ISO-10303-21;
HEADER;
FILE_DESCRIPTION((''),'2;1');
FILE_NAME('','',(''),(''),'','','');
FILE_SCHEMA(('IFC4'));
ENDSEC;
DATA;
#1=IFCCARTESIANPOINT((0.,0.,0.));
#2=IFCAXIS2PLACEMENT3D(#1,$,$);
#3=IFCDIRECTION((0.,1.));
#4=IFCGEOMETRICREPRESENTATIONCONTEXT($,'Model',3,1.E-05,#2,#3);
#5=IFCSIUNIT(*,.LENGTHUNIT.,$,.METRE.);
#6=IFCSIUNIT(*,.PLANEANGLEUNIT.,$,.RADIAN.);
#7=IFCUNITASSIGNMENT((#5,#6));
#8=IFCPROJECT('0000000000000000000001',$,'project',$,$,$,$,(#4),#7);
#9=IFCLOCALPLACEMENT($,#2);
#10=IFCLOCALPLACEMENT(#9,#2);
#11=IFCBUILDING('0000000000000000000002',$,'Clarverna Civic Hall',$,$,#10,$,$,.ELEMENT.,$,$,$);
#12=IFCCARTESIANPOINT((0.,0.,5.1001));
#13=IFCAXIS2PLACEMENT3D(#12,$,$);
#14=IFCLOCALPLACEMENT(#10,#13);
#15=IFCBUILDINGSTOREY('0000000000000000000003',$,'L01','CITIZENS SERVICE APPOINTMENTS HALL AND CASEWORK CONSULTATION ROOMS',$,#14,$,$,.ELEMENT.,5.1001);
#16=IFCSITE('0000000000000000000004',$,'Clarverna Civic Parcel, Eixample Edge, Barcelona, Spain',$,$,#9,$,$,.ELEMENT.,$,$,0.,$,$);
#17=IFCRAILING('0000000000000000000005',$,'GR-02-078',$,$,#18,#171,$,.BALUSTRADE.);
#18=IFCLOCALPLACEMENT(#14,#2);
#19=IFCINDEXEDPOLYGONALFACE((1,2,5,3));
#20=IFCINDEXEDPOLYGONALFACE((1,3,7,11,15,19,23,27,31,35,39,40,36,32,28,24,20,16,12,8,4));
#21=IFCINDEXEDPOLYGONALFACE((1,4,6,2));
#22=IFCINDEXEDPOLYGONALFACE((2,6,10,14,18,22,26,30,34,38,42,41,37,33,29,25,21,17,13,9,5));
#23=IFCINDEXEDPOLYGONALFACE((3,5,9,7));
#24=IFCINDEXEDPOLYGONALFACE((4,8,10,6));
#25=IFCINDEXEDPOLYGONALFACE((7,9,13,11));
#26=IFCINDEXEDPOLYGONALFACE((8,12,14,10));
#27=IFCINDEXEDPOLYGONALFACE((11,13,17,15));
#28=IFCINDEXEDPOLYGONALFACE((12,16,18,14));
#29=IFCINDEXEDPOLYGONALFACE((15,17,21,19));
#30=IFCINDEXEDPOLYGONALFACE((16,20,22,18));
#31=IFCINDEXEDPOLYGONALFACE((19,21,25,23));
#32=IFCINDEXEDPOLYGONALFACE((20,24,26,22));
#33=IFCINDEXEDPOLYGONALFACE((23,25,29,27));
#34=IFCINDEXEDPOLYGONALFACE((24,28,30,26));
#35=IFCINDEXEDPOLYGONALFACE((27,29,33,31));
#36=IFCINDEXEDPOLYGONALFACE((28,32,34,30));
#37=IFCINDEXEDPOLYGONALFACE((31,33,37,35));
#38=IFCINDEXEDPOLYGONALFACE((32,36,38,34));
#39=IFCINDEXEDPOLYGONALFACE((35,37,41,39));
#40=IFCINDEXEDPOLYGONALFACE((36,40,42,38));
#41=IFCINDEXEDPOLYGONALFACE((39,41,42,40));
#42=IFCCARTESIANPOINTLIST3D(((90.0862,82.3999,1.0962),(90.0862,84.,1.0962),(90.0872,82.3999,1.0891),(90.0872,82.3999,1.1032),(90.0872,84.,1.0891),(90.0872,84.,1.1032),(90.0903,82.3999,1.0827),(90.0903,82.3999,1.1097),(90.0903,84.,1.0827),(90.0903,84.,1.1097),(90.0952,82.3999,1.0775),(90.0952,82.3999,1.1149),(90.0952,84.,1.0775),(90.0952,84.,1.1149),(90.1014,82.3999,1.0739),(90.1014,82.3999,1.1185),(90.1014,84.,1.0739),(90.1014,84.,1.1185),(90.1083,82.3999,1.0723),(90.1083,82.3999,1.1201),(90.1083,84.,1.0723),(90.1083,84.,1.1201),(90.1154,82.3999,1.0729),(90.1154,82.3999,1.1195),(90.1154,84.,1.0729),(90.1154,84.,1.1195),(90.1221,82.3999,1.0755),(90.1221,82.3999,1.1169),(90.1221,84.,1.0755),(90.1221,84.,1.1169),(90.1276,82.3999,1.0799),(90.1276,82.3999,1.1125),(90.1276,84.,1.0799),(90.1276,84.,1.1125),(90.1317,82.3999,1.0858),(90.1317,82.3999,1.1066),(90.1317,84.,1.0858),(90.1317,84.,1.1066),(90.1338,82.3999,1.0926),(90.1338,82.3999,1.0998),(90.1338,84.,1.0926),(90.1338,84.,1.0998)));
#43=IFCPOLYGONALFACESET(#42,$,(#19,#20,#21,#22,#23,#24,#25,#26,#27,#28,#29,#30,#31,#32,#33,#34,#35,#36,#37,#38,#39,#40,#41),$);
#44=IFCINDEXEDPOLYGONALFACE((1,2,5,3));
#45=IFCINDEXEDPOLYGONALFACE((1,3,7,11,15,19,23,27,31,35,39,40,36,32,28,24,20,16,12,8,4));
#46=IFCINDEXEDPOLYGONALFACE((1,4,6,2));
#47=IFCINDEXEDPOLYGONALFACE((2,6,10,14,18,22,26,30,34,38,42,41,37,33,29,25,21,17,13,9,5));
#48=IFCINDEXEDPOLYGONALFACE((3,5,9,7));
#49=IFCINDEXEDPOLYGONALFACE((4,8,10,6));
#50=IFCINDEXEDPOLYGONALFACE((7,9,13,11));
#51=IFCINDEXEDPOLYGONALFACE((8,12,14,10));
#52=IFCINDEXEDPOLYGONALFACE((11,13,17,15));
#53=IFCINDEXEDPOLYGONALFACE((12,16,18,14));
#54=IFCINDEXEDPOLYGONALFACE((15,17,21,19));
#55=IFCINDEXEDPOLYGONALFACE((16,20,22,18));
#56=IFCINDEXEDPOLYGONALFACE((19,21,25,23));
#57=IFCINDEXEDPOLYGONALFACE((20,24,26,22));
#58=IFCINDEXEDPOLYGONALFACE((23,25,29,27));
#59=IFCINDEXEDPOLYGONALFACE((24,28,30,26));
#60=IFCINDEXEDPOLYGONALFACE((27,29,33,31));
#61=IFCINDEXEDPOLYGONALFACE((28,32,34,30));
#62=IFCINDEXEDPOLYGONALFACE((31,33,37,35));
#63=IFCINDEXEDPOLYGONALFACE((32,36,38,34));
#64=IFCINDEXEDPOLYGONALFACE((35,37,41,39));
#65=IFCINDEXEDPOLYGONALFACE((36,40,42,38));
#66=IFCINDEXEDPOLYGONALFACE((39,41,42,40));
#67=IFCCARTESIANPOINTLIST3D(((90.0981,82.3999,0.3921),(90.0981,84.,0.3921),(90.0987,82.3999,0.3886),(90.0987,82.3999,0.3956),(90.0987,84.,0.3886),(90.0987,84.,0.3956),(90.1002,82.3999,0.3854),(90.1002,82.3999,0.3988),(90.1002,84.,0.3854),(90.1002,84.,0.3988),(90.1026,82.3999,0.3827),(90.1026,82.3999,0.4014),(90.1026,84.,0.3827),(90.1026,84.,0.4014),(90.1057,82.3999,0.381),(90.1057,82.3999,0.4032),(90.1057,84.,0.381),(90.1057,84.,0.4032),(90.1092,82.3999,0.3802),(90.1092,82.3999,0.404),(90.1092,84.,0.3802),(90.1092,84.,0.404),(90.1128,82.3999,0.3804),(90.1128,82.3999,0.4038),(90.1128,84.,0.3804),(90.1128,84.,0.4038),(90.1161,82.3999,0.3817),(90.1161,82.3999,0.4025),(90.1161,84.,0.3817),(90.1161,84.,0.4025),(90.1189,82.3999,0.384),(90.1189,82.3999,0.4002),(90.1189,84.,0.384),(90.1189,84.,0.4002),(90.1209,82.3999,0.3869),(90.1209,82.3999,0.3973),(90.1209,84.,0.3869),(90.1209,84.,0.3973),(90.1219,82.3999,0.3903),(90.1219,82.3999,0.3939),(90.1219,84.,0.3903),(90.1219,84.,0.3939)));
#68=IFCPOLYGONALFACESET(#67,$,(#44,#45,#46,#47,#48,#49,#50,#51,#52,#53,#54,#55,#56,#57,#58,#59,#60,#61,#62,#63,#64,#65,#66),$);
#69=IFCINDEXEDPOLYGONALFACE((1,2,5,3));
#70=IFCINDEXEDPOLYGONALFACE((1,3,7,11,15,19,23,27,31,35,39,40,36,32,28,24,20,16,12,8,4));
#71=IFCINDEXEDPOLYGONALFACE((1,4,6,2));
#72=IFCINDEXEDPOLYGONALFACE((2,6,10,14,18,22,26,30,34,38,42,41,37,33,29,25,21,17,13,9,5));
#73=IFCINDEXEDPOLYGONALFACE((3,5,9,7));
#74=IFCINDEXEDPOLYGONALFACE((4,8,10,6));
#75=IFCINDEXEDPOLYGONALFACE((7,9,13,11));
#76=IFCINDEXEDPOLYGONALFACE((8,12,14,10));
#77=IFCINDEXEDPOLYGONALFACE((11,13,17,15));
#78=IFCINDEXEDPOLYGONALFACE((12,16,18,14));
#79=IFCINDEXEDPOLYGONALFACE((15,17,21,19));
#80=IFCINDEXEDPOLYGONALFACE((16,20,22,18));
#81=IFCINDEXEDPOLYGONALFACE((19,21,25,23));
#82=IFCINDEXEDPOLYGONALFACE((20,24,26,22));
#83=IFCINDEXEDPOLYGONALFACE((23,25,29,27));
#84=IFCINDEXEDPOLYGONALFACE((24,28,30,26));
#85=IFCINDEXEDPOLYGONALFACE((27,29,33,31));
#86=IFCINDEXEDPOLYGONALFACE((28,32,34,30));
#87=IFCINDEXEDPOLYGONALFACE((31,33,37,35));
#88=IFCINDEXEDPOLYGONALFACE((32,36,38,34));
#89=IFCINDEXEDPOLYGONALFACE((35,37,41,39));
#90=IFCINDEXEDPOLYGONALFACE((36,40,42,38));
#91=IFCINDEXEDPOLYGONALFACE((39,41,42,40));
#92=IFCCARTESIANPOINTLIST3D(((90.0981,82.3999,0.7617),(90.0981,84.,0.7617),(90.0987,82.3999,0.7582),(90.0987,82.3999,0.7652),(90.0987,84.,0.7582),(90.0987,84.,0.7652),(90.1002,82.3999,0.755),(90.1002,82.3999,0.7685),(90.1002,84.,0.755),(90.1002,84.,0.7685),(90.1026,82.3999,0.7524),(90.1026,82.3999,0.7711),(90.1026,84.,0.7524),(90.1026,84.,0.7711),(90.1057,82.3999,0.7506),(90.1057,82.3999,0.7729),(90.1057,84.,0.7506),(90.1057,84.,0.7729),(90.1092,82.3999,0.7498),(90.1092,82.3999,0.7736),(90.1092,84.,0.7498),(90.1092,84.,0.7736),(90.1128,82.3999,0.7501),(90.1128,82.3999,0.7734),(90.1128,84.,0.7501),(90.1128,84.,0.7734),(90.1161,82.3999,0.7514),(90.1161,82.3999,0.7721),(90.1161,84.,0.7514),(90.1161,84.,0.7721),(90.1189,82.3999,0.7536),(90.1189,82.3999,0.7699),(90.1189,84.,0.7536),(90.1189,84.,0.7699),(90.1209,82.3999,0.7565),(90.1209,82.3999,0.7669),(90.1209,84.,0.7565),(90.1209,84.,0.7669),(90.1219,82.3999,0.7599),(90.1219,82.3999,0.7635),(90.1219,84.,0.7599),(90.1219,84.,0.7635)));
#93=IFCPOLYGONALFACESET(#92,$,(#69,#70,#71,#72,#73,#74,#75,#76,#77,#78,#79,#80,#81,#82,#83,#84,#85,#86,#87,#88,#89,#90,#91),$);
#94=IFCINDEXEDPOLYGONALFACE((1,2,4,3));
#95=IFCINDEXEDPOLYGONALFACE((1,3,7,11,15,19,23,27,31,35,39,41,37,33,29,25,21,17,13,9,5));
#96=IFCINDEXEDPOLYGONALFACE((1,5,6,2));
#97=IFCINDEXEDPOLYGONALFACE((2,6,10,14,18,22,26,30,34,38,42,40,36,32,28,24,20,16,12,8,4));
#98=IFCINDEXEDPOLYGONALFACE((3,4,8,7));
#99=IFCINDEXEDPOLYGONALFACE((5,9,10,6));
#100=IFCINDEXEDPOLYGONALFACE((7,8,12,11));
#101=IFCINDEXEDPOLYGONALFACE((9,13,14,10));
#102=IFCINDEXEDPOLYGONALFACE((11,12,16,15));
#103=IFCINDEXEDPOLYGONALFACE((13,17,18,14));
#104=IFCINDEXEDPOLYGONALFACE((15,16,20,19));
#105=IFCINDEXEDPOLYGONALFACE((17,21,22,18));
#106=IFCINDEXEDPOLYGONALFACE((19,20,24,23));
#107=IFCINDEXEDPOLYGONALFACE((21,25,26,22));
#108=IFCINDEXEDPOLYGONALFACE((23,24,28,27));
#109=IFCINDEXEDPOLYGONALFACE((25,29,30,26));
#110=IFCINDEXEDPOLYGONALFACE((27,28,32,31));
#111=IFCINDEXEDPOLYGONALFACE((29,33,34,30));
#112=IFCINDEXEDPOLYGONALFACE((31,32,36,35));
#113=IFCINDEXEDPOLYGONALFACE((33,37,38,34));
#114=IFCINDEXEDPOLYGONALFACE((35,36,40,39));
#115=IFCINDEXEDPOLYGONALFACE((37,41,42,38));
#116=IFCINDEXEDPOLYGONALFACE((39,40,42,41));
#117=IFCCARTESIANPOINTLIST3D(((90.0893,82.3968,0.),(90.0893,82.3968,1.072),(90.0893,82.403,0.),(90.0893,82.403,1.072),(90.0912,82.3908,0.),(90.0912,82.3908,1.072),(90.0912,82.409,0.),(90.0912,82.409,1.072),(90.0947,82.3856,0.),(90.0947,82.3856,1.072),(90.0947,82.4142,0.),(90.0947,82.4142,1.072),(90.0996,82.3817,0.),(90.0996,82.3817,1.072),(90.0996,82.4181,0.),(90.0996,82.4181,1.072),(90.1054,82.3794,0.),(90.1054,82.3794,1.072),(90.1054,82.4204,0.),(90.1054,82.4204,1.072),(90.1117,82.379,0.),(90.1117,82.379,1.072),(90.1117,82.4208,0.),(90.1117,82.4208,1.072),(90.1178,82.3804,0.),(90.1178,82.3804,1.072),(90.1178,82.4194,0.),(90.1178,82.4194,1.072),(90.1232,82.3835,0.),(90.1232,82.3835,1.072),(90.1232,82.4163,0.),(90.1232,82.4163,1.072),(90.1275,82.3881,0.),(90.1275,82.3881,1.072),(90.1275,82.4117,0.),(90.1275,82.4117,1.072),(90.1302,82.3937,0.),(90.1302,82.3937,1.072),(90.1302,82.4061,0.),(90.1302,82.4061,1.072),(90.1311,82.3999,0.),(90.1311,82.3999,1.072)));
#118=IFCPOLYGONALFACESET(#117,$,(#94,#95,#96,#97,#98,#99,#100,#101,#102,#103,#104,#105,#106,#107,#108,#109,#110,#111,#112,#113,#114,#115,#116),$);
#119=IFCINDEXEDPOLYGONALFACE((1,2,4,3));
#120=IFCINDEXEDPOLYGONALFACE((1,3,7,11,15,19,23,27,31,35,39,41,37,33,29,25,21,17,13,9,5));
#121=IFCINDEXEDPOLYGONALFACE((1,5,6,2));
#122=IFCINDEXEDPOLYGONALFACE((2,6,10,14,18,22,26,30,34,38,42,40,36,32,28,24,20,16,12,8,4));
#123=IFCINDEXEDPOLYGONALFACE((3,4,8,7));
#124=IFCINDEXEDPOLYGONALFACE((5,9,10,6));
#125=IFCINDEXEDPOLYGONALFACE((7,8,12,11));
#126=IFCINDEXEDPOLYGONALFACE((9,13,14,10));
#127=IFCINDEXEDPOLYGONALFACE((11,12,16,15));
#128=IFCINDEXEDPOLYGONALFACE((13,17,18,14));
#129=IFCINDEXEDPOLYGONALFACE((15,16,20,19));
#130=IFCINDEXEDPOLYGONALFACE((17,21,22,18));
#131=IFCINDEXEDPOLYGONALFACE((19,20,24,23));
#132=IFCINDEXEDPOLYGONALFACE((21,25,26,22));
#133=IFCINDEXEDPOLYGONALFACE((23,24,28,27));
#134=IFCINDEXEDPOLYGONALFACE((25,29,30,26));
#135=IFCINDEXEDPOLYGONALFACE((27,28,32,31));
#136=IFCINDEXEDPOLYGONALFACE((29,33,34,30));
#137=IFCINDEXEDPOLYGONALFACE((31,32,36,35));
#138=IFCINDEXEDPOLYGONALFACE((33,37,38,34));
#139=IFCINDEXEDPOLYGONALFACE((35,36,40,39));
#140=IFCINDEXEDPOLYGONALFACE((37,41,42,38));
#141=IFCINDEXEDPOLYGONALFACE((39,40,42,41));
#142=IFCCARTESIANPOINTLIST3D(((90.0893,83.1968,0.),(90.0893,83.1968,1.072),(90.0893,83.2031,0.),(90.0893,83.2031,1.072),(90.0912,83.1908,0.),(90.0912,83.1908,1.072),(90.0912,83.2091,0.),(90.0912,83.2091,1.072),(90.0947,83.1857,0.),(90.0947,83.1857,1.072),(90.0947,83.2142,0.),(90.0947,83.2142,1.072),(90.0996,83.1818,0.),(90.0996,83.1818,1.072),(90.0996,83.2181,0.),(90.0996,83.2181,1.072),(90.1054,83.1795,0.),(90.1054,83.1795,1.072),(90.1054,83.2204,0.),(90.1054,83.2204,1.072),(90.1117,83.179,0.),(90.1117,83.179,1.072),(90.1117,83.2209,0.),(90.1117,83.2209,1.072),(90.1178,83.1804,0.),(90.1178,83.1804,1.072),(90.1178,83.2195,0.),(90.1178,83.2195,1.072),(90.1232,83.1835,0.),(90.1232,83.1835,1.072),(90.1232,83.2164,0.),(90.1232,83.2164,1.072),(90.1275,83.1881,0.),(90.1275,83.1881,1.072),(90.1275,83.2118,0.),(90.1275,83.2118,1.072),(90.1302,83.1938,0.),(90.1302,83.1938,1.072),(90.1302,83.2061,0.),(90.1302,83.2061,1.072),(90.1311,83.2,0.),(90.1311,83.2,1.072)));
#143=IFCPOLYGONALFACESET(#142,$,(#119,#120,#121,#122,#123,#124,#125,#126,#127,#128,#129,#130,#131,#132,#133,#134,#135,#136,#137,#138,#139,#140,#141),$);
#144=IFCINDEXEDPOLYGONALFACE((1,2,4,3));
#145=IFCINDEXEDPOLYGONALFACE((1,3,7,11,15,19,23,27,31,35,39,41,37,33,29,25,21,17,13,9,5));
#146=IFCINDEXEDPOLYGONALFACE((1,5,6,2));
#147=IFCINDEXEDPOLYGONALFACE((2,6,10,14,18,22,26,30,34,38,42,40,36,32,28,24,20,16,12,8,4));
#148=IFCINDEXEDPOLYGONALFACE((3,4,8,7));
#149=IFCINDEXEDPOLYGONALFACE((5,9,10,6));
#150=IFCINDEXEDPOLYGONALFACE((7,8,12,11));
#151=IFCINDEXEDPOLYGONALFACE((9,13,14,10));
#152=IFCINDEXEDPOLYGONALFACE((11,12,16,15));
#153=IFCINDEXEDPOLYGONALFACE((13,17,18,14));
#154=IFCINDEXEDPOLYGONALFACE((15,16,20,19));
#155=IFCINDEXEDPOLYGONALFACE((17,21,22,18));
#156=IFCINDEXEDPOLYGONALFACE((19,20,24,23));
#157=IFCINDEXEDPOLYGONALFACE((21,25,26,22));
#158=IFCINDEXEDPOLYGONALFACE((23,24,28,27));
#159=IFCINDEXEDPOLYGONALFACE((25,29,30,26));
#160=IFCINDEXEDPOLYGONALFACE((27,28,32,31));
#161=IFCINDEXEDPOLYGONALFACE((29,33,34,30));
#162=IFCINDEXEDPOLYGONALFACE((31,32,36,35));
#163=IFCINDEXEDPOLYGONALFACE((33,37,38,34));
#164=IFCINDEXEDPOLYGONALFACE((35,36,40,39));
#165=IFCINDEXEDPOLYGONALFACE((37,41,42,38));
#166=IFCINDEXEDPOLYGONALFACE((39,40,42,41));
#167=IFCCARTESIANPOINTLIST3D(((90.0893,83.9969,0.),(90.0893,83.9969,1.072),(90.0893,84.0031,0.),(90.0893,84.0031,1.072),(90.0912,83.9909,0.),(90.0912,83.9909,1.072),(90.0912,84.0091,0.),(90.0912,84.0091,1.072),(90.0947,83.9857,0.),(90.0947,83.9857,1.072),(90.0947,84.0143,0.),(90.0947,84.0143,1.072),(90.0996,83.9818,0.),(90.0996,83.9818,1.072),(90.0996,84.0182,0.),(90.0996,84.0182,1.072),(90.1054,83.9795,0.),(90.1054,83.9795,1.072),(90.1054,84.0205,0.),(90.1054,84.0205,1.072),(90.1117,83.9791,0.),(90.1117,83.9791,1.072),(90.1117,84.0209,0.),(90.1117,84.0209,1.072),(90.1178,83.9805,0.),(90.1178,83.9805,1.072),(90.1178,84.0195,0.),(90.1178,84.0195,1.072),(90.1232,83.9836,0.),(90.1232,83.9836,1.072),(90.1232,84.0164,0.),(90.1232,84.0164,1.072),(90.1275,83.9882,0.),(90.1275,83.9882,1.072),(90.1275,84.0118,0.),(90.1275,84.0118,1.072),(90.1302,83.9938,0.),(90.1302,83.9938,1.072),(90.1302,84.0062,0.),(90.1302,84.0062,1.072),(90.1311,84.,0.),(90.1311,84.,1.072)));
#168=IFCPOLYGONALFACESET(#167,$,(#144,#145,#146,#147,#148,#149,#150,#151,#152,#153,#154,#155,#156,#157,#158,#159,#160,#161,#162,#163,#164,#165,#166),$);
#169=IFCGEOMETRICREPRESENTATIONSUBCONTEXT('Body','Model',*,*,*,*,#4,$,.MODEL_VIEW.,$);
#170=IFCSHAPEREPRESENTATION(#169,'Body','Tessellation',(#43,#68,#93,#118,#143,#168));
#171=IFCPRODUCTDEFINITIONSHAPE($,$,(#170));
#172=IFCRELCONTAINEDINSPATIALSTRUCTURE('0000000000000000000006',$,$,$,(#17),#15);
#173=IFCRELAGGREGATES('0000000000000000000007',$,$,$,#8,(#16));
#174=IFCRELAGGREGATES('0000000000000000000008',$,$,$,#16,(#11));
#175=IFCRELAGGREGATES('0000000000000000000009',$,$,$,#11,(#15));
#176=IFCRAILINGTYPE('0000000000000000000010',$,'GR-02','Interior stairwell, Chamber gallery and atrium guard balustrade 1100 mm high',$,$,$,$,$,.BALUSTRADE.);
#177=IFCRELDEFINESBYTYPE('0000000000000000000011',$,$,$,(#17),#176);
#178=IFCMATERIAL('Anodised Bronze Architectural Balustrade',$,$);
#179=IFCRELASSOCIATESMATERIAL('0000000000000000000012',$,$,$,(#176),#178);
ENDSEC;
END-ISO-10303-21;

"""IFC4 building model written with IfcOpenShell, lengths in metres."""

from ifc_helpers import new_model, si_unit, direction, frame, origin, origin_2d, place, context, subcontext, project, spatial, circle, extrude, material, type_object, element, save


model = new_model("IFC4")

# Units and contexts
model_context = context("Model", 3, precision=1e-05, world=origin(), true_north=direction((0.0, 1.0)))
body_context = subcontext(model_context, "Body", "Model", "MODEL_VIEW")
ifc_project = project(units=[si_unit("LENGTHUNIT", "METRE"), si_unit("PLANEANGLEUNIT", "RADIAN")], contexts=[model_context])

# Site, building, storey
site_placement = place(None, origin())
site = spatial("IfcSite", under=ifc_project, at=site_placement, Name="Clarverna Civic Parcel, Eixample Edge, Barcelona, Spain", CompositionType="ELEMENT", RefElevation=0.0)
building_placement = place(site_placement, origin())
building = spatial("IfcBuilding", under=site, at=building_placement, Name="Clarverna Civic Hall", CompositionType="ELEMENT")
storey_placement = place(building_placement, frame((0.0, 0.0, 5.1001)))
storey = spatial("IfcBuildingStorey", under=building, at=storey_placement, Name="L01", Description="CITIZENS SERVICE APPOINTMENTS HALL AND CASEWORK CONSULTATION ROOMS", CompositionType="ELEMENT", Elevation=5.1001)

# Railing
ifc_material_1 = material(Name="Anodised Bronze Architectural Balustrade")
railing_type_1 = type_object("IfcRailingType", Name="GR-02", Description="Interior stairwell, Chamber gallery and atrium guard balustrade 1100 mm high", PredefinedType="BALUSTRADE", material=ifc_material_1)
railing_1_placement = place(storey_placement, frame((90.1101, 82.3999, 0.0)))
element("IfcRailing", 1, at=railing_1_placement, inside=storey, type_object=railing_type_1, Name="GR-02-078", PredefinedType="BALUSTRADE", context=body_context, shape_type="SweptSolid", body=[
    extrude(circle(Radius=0.0239, at=origin_2d()), frame((0.0, 0.0, 1.0962), z_axis=(0.0, 1.0, 0.0), x_axis=(-1.0, 0.0, 0.0)), (0.0, 0.0, 1.0), 1.6001),
    extrude(circle(Radius=0.012, at=origin_2d()), frame((0.0, 0.0, 0.3921), z_axis=(0.0, 1.0, 0.0), x_axis=(-1.0, 0.0, 0.0)), (0.0, 0.0, 1.0), 1.6001),
    extrude(circle(Radius=0.012, at=origin_2d()), frame((0.0, 0.0, 0.7617), z_axis=(0.0, 1.0, 0.0), x_axis=(-1.0, 0.0, 0.0)), (0.0, 0.0, 1.0), 1.6001),
    extrude(circle(Radius=0.021, at=origin_2d()), origin(), (0.0, 0.0, 1.0), 1.072),
    extrude(circle(Radius=0.021, at=origin_2d()), frame((0.0, 0.8, 0.0)), (0.0, 0.0, 1.0), 1.072),
    extrude(circle(Radius=0.021, at=origin_2d()), frame((0.0, 1.6001, 0.0)), (0.0, 0.0, 1.0), 1.072),
])

save(model, "model.ifc")
